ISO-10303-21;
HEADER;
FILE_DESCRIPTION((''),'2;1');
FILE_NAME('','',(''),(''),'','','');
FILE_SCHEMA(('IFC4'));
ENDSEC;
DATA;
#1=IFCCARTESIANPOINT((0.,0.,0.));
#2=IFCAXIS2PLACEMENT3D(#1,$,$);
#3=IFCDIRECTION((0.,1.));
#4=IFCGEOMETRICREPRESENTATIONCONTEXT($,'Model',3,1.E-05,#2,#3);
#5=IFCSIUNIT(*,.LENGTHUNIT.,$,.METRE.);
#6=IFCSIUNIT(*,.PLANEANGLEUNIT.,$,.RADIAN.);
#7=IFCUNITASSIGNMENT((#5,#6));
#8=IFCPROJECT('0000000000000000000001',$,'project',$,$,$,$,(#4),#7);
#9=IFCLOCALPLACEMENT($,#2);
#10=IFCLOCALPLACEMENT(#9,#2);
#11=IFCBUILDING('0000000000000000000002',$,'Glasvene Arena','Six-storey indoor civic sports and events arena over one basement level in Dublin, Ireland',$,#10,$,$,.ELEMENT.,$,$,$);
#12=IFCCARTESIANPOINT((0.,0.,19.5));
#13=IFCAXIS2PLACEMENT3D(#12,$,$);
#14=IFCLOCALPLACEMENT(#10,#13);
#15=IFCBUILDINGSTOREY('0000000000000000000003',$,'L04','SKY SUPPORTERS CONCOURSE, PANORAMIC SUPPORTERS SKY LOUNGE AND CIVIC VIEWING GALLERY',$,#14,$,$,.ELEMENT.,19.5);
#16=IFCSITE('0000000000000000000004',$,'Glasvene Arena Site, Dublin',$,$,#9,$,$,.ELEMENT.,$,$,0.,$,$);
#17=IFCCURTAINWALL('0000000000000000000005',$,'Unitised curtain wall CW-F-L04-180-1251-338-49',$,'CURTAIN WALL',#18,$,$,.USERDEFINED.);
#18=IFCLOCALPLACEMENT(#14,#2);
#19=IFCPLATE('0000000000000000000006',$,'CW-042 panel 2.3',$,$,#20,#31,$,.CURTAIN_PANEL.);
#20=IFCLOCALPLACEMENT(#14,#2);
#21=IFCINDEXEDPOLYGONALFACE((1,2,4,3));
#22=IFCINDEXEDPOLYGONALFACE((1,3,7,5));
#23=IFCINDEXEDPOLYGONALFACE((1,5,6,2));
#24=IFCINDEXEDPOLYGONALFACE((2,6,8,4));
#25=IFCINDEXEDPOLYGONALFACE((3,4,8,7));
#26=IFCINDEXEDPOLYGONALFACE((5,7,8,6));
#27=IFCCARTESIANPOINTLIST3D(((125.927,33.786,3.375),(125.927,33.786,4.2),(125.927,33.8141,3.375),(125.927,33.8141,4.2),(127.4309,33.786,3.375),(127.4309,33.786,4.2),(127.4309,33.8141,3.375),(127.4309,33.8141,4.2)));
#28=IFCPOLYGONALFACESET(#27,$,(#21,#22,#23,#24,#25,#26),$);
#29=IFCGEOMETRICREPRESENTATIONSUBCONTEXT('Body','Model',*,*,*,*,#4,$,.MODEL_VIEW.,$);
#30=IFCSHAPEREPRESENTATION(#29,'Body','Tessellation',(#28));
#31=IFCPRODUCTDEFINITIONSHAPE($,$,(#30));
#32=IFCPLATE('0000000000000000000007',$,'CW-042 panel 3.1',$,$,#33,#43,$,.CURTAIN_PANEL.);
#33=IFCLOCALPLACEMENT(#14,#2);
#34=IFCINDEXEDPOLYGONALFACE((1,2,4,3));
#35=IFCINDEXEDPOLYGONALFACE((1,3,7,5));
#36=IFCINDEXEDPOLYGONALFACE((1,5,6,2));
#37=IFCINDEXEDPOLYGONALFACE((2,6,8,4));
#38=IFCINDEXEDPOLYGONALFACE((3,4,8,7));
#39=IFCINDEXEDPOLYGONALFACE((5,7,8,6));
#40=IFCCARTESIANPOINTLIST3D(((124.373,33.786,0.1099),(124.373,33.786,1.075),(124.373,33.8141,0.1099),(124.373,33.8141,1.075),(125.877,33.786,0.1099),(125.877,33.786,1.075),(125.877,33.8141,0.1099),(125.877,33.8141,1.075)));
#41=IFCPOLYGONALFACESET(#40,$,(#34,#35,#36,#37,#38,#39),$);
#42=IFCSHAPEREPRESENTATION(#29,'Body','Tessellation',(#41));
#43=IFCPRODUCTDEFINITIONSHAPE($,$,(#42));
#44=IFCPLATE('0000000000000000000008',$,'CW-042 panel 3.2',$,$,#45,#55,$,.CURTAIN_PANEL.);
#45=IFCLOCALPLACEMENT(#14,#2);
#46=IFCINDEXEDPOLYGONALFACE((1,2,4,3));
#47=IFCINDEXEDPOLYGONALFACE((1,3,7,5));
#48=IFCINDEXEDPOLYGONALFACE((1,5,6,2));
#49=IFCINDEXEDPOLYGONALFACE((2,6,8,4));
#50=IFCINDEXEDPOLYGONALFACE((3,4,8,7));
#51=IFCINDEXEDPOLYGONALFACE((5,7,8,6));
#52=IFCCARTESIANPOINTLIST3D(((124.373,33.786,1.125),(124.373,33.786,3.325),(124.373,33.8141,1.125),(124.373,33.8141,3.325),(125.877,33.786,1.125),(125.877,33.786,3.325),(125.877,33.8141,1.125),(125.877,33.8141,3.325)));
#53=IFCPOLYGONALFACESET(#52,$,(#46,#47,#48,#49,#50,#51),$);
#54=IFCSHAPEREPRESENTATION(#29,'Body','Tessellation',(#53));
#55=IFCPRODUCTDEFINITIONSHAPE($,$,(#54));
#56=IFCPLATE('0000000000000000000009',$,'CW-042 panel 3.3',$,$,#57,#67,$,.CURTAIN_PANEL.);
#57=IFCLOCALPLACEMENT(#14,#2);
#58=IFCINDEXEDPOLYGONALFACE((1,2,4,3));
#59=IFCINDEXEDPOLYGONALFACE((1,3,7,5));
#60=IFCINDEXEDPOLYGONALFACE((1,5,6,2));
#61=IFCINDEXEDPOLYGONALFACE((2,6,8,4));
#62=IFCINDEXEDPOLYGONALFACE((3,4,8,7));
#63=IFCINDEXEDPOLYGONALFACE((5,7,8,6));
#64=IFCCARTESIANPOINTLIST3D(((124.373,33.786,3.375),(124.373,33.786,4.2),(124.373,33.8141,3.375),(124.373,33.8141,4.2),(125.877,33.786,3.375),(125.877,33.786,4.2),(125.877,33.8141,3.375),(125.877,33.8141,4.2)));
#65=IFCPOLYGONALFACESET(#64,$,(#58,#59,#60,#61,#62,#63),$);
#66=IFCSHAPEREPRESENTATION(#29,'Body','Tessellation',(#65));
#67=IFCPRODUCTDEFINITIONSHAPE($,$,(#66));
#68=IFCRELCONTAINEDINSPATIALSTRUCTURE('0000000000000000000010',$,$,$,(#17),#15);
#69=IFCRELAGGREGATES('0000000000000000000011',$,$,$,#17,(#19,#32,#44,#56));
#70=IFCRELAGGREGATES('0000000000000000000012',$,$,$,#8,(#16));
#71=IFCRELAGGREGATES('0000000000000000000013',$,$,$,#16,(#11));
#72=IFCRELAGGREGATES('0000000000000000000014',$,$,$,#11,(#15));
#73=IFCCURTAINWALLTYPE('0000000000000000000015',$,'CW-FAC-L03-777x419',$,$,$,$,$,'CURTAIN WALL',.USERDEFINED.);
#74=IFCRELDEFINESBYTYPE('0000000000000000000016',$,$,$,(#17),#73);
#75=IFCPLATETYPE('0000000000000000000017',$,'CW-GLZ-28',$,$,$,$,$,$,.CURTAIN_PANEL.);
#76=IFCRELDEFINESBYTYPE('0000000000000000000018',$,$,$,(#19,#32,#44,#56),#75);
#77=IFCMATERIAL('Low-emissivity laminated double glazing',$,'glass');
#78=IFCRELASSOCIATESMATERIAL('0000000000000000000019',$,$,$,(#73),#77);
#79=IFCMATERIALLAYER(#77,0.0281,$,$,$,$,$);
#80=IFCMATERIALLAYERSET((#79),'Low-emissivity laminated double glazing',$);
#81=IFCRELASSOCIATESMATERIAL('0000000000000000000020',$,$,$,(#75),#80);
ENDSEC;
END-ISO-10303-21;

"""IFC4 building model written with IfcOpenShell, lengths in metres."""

from ifc_helpers import new_model, si_unit, direction, frame, origin, origin_2d, place, context, subcontext, project, spatial, rectangle, extrude, material, layer, layer_set, type_object, element, aggregate, save


model = new_model("IFC4")

# Units and contexts
model_context = context("Model", 3, precision=1e-05, world=origin(), true_north=direction((0.0, 1.0)))
body_context = subcontext(model_context, "Body", "Model", "MODEL_VIEW")
ifc_project = project(units=[si_unit("LENGTHUNIT", "METRE"), si_unit("PLANEANGLEUNIT", "RADIAN")], contexts=[model_context])

# Site, building, storey
site_placement = place(None, origin())
site = spatial("IfcSite", under=ifc_project, at=site_placement, Name="Glasvene Arena Site, Dublin", CompositionType="ELEMENT", RefElevation=0.0)
building_placement = place(site_placement, origin())
building = spatial("IfcBuilding", under=site, at=building_placement, Name="Glasvene Arena", Description="Six-storey indoor civic sports and events arena over one basement level in Dublin, Ireland", CompositionType="ELEMENT")
storey_placement = place(building_placement, frame((0.0, 0.0, 19.5)))
storey = spatial("IfcBuildingStorey", under=building, at=storey_placement, Name="L04", Description="SKY SUPPORTERS CONCOURSE, PANORAMIC SUPPORTERS SKY LOUNGE AND CIVIC VIEWING GALLERY", CompositionType="ELEMENT", Elevation=19.5)

# Curtain wall, plates
ifc_material_1 = material(Name="Low-emissivity laminated double glazing", Category="glass")
curtain_wall_type = type_object("IfcCurtainWallType", Name="CW-FAC-L03-777x419", ElementType="CURTAIN WALL", PredefinedType="USERDEFINED", material=ifc_material_1)
curtain_wall_placement = place(storey_placement, frame((129.01, 33.8, 0.0)))
curtain_wall = element("IfcCurtainWall", 1, at=curtain_wall_placement, inside=storey, type_object=curtain_wall_type, Name="Unitised curtain wall CW-F-L04-180-1251-338-49", ObjectType="CURTAIN WALL", PredefinedType="USERDEFINED")
ifc_layer = layer(ifc_material_1, 0.0281)
ifc_layer_set = layer_set([ifc_layer], Name="Low-emissivity laminated double glazing")
plate_type = type_object("IfcPlateType", Name="CW-GLZ-28", PredefinedType="CURTAIN_PANEL", material=ifc_layer_set)
plate_1_placement = place(storey_placement, frame((126.679, 33.8, 3.375), z_axis=(0.0, 0.0, 1.0), x_axis=(-1.0, 0.0, 0.0)))
plate_1 = element("IfcPlate", 2, at=plate_1_placement, type_object=plate_type, Name="CW-042 panel 2.3", PredefinedType="CURTAIN_PANEL", context=body_context, shape_type="SweptSolid", body=[
    extrude(rectangle(XDim=1.5039, YDim=0.0281, at=origin_2d()), origin(), (0.0, 0.0, 1.0), 0.825),
])
plate_2_placement = place(storey_placement, frame((125.125, 33.8, 0.1099), z_axis=(0.0, 0.0, 1.0), x_axis=(-1.0, 0.0, 0.0)))
plate_2 = element("IfcPlate", 3, at=plate_2_placement, type_object=plate_type, Name="CW-042 panel 3.1", PredefinedType="CURTAIN_PANEL", context=body_context, shape_type="SweptSolid", body=[
    extrude(rectangle(XDim=1.5039, YDim=0.0281, at=origin_2d()), origin(), (0.0, 0.0, 1.0), 0.9651),
])
plate_3_placement = place(storey_placement, frame((125.125, 33.8, 1.125), z_axis=(0.0, 0.0, 1.0), x_axis=(-1.0, 0.0, 0.0)))
plate_3 = element("IfcPlate", 4, at=plate_3_placement, type_object=plate_type, Name="CW-042 panel 3.2", PredefinedType="CURTAIN_PANEL", context=body_context, shape_type="SweptSolid", body=[
    extrude(rectangle(XDim=1.5039, YDim=0.0281, at=origin_2d()), origin(), (0.0, 0.0, 1.0), 2.2),
])
plate_4_placement = place(storey_placement, frame((125.125, 33.8, 3.375), z_axis=(0.0, 0.0, 1.0), x_axis=(-1.0, 0.0, 0.0)))
plate_4 = element("IfcPlate", 5, at=plate_4_placement, type_object=plate_type, Name="CW-042 panel 3.3", PredefinedType="CURTAIN_PANEL", context=body_context, shape_type="SweptSolid", body=[
    extrude(rectangle(XDim=1.5039, YDim=0.0281, at=origin_2d()), origin(), (0.0, 0.0, 1.0), 0.825),
])
aggregate(curtain_wall, [plate_1, plate_2, plate_3, plate_4])

save(model, "model.ifc")
